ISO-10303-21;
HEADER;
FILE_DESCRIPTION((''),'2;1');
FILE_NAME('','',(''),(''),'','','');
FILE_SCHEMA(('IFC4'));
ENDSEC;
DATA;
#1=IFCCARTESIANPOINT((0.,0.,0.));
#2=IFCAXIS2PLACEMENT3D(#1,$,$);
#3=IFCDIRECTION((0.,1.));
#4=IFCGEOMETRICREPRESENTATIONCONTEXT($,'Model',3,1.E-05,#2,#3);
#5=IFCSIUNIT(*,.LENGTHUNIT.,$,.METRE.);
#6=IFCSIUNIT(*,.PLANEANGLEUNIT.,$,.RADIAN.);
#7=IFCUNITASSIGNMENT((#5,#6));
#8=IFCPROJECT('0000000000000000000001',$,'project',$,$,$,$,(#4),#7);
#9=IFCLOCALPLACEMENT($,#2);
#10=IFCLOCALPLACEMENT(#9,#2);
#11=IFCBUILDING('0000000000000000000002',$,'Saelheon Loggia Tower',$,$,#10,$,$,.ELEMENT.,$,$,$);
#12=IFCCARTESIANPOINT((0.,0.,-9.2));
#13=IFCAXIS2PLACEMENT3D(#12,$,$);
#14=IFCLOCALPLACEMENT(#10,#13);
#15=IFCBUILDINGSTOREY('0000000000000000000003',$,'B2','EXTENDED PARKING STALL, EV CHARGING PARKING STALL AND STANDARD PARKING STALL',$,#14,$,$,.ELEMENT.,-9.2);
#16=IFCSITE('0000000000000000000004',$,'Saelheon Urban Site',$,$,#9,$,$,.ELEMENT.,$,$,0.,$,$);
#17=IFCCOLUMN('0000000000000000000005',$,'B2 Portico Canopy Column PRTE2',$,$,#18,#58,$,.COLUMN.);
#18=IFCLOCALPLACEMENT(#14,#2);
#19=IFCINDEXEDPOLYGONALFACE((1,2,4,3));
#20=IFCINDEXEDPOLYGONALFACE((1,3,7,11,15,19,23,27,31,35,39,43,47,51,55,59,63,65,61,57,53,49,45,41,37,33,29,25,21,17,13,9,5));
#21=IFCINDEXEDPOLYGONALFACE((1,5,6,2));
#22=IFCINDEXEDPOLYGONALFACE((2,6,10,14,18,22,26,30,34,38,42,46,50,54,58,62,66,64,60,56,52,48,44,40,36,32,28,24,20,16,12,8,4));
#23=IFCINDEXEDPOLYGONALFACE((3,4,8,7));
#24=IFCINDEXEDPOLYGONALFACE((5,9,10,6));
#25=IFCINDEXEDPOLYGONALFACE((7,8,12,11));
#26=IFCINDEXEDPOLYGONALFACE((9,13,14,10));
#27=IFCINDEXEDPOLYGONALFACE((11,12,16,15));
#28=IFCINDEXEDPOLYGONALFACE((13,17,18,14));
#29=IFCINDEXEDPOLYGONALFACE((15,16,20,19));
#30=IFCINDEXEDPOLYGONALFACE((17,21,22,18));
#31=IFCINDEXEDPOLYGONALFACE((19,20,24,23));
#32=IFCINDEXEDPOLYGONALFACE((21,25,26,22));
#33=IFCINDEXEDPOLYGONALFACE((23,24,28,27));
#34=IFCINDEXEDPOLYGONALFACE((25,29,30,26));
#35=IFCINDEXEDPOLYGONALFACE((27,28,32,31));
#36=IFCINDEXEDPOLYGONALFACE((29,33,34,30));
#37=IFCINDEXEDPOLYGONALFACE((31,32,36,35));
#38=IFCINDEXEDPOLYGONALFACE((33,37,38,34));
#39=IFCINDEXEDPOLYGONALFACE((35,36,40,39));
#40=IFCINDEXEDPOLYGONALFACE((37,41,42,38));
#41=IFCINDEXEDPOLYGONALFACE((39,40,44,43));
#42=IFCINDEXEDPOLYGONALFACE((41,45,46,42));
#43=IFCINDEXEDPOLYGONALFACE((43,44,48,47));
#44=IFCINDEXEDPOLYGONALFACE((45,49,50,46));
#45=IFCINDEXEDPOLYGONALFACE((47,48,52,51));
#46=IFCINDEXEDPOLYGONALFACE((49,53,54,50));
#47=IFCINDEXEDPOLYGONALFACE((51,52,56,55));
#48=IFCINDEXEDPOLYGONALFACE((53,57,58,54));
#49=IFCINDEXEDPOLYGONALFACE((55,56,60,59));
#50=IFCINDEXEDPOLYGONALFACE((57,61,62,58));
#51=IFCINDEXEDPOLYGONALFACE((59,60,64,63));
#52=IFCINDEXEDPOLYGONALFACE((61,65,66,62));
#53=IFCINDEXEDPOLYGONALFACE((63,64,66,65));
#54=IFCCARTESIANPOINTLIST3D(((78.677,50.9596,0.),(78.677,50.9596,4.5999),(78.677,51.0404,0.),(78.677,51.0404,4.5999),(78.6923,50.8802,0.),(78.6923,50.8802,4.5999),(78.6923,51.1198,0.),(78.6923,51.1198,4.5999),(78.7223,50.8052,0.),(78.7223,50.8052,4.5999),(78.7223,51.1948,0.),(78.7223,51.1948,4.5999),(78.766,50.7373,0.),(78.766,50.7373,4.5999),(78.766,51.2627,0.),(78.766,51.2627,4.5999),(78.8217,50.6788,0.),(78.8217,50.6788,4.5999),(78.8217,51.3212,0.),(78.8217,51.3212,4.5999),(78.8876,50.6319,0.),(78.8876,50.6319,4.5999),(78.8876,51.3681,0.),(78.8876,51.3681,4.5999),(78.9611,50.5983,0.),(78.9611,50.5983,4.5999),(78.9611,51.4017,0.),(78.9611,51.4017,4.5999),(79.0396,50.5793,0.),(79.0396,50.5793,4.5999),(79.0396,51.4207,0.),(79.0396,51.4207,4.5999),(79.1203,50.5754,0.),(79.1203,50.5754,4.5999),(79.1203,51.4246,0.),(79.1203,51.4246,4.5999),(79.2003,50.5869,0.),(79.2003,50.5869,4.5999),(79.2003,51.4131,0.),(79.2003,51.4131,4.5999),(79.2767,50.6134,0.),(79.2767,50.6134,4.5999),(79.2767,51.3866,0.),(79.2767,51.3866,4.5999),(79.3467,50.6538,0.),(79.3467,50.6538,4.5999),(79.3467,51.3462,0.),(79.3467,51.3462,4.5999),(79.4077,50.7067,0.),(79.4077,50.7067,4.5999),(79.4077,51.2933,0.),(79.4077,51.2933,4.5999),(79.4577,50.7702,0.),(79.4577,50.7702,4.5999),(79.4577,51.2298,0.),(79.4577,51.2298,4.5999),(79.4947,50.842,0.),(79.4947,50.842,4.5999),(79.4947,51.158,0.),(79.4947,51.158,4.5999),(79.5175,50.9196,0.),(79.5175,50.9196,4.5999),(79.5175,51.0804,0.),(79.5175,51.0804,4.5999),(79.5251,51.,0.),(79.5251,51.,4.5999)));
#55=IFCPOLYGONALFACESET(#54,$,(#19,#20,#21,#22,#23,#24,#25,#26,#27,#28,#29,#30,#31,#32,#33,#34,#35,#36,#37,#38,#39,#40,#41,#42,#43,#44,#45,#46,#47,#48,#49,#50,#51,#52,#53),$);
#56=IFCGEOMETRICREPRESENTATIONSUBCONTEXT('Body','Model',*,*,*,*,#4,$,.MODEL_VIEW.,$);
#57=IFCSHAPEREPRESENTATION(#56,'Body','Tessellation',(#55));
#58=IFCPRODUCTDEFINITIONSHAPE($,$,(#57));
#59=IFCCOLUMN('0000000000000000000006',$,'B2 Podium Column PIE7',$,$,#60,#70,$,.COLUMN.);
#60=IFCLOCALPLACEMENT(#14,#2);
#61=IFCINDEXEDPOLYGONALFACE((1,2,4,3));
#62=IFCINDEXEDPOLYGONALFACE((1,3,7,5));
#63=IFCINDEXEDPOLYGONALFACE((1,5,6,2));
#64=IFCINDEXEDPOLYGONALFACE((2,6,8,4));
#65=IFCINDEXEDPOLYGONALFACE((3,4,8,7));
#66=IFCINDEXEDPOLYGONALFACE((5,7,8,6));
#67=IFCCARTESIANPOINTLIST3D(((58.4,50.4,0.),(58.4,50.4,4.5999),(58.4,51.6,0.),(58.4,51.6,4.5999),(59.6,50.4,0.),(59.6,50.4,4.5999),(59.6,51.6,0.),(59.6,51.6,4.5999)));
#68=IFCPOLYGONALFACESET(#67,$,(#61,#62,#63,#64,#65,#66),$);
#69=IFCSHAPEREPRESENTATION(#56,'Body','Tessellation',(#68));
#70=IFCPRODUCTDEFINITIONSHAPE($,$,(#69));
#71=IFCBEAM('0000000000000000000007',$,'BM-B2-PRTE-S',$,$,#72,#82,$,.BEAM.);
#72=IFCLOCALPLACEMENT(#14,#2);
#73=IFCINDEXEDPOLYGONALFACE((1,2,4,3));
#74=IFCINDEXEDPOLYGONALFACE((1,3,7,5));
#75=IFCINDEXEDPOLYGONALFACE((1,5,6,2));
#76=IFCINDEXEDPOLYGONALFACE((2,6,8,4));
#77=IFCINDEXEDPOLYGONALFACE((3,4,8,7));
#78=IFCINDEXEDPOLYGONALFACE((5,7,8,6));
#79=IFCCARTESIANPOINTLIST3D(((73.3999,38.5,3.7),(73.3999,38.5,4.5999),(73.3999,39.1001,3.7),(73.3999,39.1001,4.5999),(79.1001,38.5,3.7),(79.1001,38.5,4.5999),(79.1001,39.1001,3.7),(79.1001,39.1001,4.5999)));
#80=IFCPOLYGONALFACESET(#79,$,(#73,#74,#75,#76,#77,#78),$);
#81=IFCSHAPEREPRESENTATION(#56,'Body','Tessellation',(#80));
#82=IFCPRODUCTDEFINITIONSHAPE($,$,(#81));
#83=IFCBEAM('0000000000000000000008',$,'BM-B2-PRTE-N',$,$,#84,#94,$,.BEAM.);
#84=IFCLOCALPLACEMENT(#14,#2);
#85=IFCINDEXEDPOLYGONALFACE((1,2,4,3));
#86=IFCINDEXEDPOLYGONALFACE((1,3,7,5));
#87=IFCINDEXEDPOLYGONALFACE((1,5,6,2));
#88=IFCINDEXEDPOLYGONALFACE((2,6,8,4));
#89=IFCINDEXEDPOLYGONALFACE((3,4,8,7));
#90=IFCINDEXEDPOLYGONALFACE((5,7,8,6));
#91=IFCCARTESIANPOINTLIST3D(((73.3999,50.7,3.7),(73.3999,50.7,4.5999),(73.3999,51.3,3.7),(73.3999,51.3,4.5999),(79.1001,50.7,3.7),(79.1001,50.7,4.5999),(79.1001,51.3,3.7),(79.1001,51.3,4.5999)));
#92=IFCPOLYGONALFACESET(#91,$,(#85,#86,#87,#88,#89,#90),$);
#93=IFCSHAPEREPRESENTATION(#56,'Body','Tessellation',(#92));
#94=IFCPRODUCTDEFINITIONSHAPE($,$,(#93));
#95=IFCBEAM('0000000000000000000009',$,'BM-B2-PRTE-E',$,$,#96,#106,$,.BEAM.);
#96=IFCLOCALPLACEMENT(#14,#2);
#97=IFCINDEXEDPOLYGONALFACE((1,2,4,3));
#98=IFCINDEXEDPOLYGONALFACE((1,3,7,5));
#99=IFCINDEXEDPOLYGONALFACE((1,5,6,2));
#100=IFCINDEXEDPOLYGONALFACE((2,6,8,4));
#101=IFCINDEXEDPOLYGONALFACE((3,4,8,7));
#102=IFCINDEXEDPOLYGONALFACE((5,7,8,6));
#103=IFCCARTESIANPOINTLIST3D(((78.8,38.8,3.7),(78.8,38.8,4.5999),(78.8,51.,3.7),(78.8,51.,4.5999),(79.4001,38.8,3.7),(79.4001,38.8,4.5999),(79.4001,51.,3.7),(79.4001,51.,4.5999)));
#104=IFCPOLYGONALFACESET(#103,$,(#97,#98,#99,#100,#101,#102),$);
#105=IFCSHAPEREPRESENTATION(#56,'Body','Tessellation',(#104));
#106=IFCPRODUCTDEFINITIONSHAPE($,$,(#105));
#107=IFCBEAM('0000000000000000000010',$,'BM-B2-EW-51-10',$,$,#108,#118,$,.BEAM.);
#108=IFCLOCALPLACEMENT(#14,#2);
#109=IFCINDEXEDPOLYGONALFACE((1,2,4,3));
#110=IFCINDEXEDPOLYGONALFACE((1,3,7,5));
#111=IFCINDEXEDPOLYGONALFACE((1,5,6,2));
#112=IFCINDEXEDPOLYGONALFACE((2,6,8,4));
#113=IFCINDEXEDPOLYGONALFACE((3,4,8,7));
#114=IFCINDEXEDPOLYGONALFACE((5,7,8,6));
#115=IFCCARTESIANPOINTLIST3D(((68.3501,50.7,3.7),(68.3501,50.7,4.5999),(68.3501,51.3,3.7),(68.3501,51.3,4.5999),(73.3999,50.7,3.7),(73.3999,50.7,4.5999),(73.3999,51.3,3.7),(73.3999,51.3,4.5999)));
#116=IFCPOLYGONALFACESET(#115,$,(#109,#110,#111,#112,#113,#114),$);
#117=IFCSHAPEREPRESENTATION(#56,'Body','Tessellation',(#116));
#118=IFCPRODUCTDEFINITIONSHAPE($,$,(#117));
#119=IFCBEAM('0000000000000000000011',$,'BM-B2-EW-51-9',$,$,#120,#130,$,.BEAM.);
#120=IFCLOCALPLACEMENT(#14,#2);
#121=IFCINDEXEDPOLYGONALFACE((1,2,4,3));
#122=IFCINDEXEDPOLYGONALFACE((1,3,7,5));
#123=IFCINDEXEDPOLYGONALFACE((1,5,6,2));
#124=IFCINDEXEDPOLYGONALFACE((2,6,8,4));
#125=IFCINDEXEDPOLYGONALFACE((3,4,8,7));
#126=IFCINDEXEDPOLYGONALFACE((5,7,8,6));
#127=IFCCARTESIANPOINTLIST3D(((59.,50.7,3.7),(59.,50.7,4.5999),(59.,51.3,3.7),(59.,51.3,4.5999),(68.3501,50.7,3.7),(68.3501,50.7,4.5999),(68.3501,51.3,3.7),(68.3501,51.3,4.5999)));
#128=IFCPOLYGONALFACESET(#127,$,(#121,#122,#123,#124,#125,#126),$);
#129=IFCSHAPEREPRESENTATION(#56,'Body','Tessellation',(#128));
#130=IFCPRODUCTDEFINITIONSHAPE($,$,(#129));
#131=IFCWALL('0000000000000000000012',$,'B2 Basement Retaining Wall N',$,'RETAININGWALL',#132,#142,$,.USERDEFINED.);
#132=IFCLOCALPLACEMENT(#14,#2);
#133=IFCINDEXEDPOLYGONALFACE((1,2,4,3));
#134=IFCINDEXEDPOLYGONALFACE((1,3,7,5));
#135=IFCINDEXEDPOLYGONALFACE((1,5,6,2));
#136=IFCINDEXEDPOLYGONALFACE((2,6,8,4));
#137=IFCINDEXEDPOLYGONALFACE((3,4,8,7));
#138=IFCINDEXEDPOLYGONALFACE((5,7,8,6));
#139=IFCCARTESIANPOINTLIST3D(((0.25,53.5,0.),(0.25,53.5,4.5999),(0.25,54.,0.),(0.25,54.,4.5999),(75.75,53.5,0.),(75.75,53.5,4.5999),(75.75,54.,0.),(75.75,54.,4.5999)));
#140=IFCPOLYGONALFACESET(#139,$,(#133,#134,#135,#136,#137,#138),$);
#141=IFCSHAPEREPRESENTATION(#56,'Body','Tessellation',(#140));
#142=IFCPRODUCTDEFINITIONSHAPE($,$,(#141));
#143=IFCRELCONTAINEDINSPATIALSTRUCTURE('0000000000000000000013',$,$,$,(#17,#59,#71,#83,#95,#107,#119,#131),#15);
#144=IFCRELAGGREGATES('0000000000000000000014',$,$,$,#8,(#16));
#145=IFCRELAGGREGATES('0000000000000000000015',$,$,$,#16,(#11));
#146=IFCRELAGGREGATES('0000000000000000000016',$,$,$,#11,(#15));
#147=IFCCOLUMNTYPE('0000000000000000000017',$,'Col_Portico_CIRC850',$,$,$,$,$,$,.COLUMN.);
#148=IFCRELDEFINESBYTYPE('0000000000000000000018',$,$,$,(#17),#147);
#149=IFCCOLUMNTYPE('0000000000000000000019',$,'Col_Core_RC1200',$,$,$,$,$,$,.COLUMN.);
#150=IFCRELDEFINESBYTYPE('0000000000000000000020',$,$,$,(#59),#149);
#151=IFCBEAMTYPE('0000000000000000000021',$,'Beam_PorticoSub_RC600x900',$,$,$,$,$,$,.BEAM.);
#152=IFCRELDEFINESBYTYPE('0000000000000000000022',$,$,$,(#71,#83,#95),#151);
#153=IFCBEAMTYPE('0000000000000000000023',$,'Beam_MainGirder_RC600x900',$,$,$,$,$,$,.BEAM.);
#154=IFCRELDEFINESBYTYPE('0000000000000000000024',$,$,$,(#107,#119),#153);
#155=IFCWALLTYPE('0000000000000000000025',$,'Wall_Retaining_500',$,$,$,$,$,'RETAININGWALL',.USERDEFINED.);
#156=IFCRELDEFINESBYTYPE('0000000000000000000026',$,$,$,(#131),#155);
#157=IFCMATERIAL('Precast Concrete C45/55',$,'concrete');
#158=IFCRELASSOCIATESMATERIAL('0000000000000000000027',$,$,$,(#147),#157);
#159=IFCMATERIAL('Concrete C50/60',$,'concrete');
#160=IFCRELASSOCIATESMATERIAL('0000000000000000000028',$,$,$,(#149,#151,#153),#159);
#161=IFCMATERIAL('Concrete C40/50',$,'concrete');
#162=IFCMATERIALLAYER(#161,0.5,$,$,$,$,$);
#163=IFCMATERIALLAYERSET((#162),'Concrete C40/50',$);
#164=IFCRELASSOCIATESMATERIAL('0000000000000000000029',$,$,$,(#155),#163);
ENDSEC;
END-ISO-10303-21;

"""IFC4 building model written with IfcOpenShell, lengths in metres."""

from ifc_helpers import new_model, si_unit, direction, frame, frame_2d, origin, origin_2d, place, context, subcontext, project, spatial, rectangle, circle, extrude, source, transform, mapped, material, layer, layer_set, material_profile, profile_set, type_object, element, save


model = new_model("IFC4")

# Units and contexts
model_context = context("Model", 3, precision=1e-05, world=origin(), true_north=direction((0.0, 1.0)))
body_context = subcontext(model_context, "Body", "Model", "MODEL_VIEW")
ifc_project = project(units=[si_unit("LENGTHUNIT", "METRE"), si_unit("PLANEANGLEUNIT", "RADIAN")], contexts=[model_context])

# Site, building, storey
site_placement = place(None, origin())
site = spatial("IfcSite", under=ifc_project, at=site_placement, Name="Saelheon Urban Site", CompositionType="ELEMENT", RefElevation=0.0)
building_placement = place(site_placement, origin())
building = spatial("IfcBuilding", under=site, at=building_placement, Name="Saelheon Loggia Tower", CompositionType="ELEMENT")
storey_placement = place(building_placement, frame((0.0, 0.0, -9.2)))
storey = spatial("IfcBuildingStorey", under=building, at=storey_placement, Name="B2", Description="EXTENDED PARKING STALL, EV CHARGING PARKING STALL AND STANDARD PARKING STALL", CompositionType="ELEMENT", Elevation=-9.2)

# Shared definitions
ifc_material_1 = material(Name="Concrete C50/60", Category="concrete")

# Columns
shared_shape_1 = source(origin(), body_context, "Body", "SweptSolid", [
    extrude(circle(Radius=0.425, at=origin_2d()), origin(), (0.0, 0.0, 1.0), 4.5999),
])
ifc_material_2 = material(Name="Precast Concrete C45/55", Category="concrete")
ifc_material_profile_1 = material_profile(ifc_material_2, circle(Radius=0.425, at=origin_2d()), Name="CIRC-850")
ifc_profile_set_1 = profile_set([ifc_material_profile_1], Name="Precast Concrete C45/55")
column_type_1 = type_object("IfcColumnType", Name="Col_Portico_CIRC850", PredefinedType="COLUMN", material=ifc_profile_set_1)
for number, where, z_axis, x_axis, name in (
    (1, (79.1001, 51.0, 0.0), (0.0, 0.0, 1.0), (1.0, 0.0, 0.0), "B2 Portico Canopy Column PRTE2"),
):
    element("IfcColumn", number, at=place(storey_placement, frame(where, z_axis=z_axis, x_axis=x_axis)), inside=storey, type_object=column_type_1, Name=name, PredefinedType="COLUMN", context=body_context, shape_type="MappedRepresentation", body=[
        mapped(shared_shape_1, transform((0.0, 0.0, 0.0), scale=1.0)),
    ])
ifc_material_profile_2 = material_profile(ifc_material_1, rectangle(XDim=1.2, YDim=1.2, at=origin_2d()), Name="RC-1200x1200")
ifc_profile_set_2 = profile_set([ifc_material_profile_2], Name="Concrete C50/60")
column_type_2 = type_object("IfcColumnType", Name="Col_Core_RC1200", PredefinedType="COLUMN", material=ifc_profile_set_2)
shared_shape_2 = source(origin(), body_context, "Body", "SweptSolid", [
    extrude(rectangle(XDim=1.2, YDim=1.2, at=origin_2d()), origin(), (0.0, 0.0, 1.0), 4.5999),
])
column_1_placement = place(storey_placement, frame((59.0, 51.0, 0.0), z_axis=(0.0, 0.0, 1.0), x_axis=(1.0, 0.0, 0.0)))
element("IfcColumn", 2, at=column_1_placement, inside=storey, type_object=column_type_2, Name="B2 Podium Column PIE7", PredefinedType="COLUMN", context=body_context, shape_type="MappedRepresentation", body=[
    mapped(shared_shape_2, transform((0.0, 0.0, 0.0), scale=1.0)),
])

# Beams
ifc_material_profile_3 = material_profile(ifc_material_1, rectangle(XDim=0.6001, YDim=0.8999, at=origin_2d()), Name="RC-600x900")
ifc_profile_set_3 = profile_set([ifc_material_profile_3], Name="Concrete C50/60")
beam_type_1 = type_object("IfcBeamType", Name="Beam_PorticoSub_RC600x900", PredefinedType="BEAM", material=ifc_profile_set_3)
shared_shape_3 = source(origin(), body_context, "Body", "SweptSolid", [
    extrude(rectangle(XDim=0.6001, YDim=0.8999, at=origin_2d()), origin(), (0.0, 0.0, 1.0), 5.7002),
])
for number, where, z_axis, x_axis, name in (
    (3, (73.3999, 38.8, 4.1499), (1.0, 0.0, 0.0), (0.0, 1.0, 0.0), "BM-B2-PRTE-S"),
    (4, (73.3999, 51.0, 4.1499), (1.0, 0.0, 0.0), (0.0, 1.0, 0.0), "BM-B2-PRTE-N"),
):
    element("IfcBeam", number, at=place(storey_placement, frame(where, z_axis=z_axis, x_axis=x_axis)), inside=storey, type_object=beam_type_1, Name=name, PredefinedType="BEAM", context=body_context, shape_type="MappedRepresentation", body=[
        mapped(shared_shape_3, transform((0.0, 0.0, 0.0), scale=1.0)),
    ])
shared_shape_4 = source(origin(), body_context, "Body", "SweptSolid", [
    extrude(rectangle(XDim=0.6001, YDim=0.8999, at=origin_2d()), origin(), (0.0, 0.0, 1.0), 12.2),
])
beam_1_placement = place(storey_placement, frame((79.1001, 38.8, 4.1499), z_axis=(0.0, 1.0, 0.0), x_axis=(-1.0, 0.0, 0.0)))
element("IfcBeam", 5, at=beam_1_placement, inside=storey, type_object=beam_type_1, Name="BM-B2-PRTE-E", PredefinedType="BEAM", context=body_context, shape_type="MappedRepresentation", body=[
    mapped(shared_shape_4, transform((0.0, 0.0, 0.0), scale=1.0)),
])
ifc_material_profile_4 = material_profile(ifc_material_1, rectangle(XDim=0.6001, YDim=0.8999, at=origin_2d()), Name="RC-600x900")
ifc_profile_set_4 = profile_set([ifc_material_profile_4], Name="Concrete C50/60")
beam_type_2 = type_object("IfcBeamType", Name="Beam_MainGirder_RC600x900", PredefinedType="BEAM", material=ifc_profile_set_4)
shared_shape_5 = source(origin(), body_context, "Body", "SweptSolid", [
    extrude(rectangle(XDim=0.6001, YDim=0.8999, at=origin_2d()), origin(), (0.0, 0.0, 1.0), 5.0498),
])
beam_2_placement = place(storey_placement, frame((68.3501, 51.0, 4.1499), z_axis=(1.0, 0.0, 0.0), x_axis=(0.0, 1.0, 0.0)))
element("IfcBeam", 6, at=beam_2_placement, inside=storey, type_object=beam_type_2, Name="BM-B2-EW-51-10", PredefinedType="BEAM", context=body_context, shape_type="MappedRepresentation", body=[
    mapped(shared_shape_5, transform((0.0, 0.0, 0.0), scale=1.0)),
])
shared_shape_6 = source(origin(), body_context, "Body", "SweptSolid", [
    extrude(rectangle(XDim=0.6001, YDim=0.8999, at=origin_2d()), origin(), (0.0, 0.0, 1.0), 9.3501),
])
beam_3_placement = place(storey_placement, frame((59.0, 51.0, 4.1499), z_axis=(1.0, 0.0, 0.0), x_axis=(0.0, 1.0, 0.0)))
element("IfcBeam", 7, at=beam_3_placement, inside=storey, type_object=beam_type_2, Name="BM-B2-EW-51-9", PredefinedType="BEAM", context=body_context, shape_type="MappedRepresentation", body=[
    mapped(shared_shape_6, transform((0.0, 0.0, 0.0), scale=1.0)),
])

# Wall
ifc_material_3 = material(Name="Concrete C40/50", Category="concrete")
ifc_layer = layer(ifc_material_3, 0.5)
ifc_layer_set = layer_set([ifc_layer], Name="Concrete C40/50")
wall_type = type_object("IfcWallType", Name="Wall_Retaining_500", ElementType="RETAININGWALL", PredefinedType="USERDEFINED", material=ifc_layer_set)
wall_placement = place(storey_placement, frame((75.75, 53.75, 0.0), z_axis=(0.0, 0.0, 1.0), x_axis=(-1.0, 0.0, 0.0)))
element("IfcWall", 8, at=wall_placement, inside=storey, type_object=wall_type, Name="B2 Basement Retaining Wall N", ObjectType="RETAININGWALL", PredefinedType="USERDEFINED", context=body_context, shape_type="SweptSolid", body=[
    extrude(rectangle(XDim=75.5, YDim=0.5, at=frame_2d((37.75, 0.0))), origin(), (0.0, 0.0, 1.0), 4.5999),
])

save(model, "model.ifc")
